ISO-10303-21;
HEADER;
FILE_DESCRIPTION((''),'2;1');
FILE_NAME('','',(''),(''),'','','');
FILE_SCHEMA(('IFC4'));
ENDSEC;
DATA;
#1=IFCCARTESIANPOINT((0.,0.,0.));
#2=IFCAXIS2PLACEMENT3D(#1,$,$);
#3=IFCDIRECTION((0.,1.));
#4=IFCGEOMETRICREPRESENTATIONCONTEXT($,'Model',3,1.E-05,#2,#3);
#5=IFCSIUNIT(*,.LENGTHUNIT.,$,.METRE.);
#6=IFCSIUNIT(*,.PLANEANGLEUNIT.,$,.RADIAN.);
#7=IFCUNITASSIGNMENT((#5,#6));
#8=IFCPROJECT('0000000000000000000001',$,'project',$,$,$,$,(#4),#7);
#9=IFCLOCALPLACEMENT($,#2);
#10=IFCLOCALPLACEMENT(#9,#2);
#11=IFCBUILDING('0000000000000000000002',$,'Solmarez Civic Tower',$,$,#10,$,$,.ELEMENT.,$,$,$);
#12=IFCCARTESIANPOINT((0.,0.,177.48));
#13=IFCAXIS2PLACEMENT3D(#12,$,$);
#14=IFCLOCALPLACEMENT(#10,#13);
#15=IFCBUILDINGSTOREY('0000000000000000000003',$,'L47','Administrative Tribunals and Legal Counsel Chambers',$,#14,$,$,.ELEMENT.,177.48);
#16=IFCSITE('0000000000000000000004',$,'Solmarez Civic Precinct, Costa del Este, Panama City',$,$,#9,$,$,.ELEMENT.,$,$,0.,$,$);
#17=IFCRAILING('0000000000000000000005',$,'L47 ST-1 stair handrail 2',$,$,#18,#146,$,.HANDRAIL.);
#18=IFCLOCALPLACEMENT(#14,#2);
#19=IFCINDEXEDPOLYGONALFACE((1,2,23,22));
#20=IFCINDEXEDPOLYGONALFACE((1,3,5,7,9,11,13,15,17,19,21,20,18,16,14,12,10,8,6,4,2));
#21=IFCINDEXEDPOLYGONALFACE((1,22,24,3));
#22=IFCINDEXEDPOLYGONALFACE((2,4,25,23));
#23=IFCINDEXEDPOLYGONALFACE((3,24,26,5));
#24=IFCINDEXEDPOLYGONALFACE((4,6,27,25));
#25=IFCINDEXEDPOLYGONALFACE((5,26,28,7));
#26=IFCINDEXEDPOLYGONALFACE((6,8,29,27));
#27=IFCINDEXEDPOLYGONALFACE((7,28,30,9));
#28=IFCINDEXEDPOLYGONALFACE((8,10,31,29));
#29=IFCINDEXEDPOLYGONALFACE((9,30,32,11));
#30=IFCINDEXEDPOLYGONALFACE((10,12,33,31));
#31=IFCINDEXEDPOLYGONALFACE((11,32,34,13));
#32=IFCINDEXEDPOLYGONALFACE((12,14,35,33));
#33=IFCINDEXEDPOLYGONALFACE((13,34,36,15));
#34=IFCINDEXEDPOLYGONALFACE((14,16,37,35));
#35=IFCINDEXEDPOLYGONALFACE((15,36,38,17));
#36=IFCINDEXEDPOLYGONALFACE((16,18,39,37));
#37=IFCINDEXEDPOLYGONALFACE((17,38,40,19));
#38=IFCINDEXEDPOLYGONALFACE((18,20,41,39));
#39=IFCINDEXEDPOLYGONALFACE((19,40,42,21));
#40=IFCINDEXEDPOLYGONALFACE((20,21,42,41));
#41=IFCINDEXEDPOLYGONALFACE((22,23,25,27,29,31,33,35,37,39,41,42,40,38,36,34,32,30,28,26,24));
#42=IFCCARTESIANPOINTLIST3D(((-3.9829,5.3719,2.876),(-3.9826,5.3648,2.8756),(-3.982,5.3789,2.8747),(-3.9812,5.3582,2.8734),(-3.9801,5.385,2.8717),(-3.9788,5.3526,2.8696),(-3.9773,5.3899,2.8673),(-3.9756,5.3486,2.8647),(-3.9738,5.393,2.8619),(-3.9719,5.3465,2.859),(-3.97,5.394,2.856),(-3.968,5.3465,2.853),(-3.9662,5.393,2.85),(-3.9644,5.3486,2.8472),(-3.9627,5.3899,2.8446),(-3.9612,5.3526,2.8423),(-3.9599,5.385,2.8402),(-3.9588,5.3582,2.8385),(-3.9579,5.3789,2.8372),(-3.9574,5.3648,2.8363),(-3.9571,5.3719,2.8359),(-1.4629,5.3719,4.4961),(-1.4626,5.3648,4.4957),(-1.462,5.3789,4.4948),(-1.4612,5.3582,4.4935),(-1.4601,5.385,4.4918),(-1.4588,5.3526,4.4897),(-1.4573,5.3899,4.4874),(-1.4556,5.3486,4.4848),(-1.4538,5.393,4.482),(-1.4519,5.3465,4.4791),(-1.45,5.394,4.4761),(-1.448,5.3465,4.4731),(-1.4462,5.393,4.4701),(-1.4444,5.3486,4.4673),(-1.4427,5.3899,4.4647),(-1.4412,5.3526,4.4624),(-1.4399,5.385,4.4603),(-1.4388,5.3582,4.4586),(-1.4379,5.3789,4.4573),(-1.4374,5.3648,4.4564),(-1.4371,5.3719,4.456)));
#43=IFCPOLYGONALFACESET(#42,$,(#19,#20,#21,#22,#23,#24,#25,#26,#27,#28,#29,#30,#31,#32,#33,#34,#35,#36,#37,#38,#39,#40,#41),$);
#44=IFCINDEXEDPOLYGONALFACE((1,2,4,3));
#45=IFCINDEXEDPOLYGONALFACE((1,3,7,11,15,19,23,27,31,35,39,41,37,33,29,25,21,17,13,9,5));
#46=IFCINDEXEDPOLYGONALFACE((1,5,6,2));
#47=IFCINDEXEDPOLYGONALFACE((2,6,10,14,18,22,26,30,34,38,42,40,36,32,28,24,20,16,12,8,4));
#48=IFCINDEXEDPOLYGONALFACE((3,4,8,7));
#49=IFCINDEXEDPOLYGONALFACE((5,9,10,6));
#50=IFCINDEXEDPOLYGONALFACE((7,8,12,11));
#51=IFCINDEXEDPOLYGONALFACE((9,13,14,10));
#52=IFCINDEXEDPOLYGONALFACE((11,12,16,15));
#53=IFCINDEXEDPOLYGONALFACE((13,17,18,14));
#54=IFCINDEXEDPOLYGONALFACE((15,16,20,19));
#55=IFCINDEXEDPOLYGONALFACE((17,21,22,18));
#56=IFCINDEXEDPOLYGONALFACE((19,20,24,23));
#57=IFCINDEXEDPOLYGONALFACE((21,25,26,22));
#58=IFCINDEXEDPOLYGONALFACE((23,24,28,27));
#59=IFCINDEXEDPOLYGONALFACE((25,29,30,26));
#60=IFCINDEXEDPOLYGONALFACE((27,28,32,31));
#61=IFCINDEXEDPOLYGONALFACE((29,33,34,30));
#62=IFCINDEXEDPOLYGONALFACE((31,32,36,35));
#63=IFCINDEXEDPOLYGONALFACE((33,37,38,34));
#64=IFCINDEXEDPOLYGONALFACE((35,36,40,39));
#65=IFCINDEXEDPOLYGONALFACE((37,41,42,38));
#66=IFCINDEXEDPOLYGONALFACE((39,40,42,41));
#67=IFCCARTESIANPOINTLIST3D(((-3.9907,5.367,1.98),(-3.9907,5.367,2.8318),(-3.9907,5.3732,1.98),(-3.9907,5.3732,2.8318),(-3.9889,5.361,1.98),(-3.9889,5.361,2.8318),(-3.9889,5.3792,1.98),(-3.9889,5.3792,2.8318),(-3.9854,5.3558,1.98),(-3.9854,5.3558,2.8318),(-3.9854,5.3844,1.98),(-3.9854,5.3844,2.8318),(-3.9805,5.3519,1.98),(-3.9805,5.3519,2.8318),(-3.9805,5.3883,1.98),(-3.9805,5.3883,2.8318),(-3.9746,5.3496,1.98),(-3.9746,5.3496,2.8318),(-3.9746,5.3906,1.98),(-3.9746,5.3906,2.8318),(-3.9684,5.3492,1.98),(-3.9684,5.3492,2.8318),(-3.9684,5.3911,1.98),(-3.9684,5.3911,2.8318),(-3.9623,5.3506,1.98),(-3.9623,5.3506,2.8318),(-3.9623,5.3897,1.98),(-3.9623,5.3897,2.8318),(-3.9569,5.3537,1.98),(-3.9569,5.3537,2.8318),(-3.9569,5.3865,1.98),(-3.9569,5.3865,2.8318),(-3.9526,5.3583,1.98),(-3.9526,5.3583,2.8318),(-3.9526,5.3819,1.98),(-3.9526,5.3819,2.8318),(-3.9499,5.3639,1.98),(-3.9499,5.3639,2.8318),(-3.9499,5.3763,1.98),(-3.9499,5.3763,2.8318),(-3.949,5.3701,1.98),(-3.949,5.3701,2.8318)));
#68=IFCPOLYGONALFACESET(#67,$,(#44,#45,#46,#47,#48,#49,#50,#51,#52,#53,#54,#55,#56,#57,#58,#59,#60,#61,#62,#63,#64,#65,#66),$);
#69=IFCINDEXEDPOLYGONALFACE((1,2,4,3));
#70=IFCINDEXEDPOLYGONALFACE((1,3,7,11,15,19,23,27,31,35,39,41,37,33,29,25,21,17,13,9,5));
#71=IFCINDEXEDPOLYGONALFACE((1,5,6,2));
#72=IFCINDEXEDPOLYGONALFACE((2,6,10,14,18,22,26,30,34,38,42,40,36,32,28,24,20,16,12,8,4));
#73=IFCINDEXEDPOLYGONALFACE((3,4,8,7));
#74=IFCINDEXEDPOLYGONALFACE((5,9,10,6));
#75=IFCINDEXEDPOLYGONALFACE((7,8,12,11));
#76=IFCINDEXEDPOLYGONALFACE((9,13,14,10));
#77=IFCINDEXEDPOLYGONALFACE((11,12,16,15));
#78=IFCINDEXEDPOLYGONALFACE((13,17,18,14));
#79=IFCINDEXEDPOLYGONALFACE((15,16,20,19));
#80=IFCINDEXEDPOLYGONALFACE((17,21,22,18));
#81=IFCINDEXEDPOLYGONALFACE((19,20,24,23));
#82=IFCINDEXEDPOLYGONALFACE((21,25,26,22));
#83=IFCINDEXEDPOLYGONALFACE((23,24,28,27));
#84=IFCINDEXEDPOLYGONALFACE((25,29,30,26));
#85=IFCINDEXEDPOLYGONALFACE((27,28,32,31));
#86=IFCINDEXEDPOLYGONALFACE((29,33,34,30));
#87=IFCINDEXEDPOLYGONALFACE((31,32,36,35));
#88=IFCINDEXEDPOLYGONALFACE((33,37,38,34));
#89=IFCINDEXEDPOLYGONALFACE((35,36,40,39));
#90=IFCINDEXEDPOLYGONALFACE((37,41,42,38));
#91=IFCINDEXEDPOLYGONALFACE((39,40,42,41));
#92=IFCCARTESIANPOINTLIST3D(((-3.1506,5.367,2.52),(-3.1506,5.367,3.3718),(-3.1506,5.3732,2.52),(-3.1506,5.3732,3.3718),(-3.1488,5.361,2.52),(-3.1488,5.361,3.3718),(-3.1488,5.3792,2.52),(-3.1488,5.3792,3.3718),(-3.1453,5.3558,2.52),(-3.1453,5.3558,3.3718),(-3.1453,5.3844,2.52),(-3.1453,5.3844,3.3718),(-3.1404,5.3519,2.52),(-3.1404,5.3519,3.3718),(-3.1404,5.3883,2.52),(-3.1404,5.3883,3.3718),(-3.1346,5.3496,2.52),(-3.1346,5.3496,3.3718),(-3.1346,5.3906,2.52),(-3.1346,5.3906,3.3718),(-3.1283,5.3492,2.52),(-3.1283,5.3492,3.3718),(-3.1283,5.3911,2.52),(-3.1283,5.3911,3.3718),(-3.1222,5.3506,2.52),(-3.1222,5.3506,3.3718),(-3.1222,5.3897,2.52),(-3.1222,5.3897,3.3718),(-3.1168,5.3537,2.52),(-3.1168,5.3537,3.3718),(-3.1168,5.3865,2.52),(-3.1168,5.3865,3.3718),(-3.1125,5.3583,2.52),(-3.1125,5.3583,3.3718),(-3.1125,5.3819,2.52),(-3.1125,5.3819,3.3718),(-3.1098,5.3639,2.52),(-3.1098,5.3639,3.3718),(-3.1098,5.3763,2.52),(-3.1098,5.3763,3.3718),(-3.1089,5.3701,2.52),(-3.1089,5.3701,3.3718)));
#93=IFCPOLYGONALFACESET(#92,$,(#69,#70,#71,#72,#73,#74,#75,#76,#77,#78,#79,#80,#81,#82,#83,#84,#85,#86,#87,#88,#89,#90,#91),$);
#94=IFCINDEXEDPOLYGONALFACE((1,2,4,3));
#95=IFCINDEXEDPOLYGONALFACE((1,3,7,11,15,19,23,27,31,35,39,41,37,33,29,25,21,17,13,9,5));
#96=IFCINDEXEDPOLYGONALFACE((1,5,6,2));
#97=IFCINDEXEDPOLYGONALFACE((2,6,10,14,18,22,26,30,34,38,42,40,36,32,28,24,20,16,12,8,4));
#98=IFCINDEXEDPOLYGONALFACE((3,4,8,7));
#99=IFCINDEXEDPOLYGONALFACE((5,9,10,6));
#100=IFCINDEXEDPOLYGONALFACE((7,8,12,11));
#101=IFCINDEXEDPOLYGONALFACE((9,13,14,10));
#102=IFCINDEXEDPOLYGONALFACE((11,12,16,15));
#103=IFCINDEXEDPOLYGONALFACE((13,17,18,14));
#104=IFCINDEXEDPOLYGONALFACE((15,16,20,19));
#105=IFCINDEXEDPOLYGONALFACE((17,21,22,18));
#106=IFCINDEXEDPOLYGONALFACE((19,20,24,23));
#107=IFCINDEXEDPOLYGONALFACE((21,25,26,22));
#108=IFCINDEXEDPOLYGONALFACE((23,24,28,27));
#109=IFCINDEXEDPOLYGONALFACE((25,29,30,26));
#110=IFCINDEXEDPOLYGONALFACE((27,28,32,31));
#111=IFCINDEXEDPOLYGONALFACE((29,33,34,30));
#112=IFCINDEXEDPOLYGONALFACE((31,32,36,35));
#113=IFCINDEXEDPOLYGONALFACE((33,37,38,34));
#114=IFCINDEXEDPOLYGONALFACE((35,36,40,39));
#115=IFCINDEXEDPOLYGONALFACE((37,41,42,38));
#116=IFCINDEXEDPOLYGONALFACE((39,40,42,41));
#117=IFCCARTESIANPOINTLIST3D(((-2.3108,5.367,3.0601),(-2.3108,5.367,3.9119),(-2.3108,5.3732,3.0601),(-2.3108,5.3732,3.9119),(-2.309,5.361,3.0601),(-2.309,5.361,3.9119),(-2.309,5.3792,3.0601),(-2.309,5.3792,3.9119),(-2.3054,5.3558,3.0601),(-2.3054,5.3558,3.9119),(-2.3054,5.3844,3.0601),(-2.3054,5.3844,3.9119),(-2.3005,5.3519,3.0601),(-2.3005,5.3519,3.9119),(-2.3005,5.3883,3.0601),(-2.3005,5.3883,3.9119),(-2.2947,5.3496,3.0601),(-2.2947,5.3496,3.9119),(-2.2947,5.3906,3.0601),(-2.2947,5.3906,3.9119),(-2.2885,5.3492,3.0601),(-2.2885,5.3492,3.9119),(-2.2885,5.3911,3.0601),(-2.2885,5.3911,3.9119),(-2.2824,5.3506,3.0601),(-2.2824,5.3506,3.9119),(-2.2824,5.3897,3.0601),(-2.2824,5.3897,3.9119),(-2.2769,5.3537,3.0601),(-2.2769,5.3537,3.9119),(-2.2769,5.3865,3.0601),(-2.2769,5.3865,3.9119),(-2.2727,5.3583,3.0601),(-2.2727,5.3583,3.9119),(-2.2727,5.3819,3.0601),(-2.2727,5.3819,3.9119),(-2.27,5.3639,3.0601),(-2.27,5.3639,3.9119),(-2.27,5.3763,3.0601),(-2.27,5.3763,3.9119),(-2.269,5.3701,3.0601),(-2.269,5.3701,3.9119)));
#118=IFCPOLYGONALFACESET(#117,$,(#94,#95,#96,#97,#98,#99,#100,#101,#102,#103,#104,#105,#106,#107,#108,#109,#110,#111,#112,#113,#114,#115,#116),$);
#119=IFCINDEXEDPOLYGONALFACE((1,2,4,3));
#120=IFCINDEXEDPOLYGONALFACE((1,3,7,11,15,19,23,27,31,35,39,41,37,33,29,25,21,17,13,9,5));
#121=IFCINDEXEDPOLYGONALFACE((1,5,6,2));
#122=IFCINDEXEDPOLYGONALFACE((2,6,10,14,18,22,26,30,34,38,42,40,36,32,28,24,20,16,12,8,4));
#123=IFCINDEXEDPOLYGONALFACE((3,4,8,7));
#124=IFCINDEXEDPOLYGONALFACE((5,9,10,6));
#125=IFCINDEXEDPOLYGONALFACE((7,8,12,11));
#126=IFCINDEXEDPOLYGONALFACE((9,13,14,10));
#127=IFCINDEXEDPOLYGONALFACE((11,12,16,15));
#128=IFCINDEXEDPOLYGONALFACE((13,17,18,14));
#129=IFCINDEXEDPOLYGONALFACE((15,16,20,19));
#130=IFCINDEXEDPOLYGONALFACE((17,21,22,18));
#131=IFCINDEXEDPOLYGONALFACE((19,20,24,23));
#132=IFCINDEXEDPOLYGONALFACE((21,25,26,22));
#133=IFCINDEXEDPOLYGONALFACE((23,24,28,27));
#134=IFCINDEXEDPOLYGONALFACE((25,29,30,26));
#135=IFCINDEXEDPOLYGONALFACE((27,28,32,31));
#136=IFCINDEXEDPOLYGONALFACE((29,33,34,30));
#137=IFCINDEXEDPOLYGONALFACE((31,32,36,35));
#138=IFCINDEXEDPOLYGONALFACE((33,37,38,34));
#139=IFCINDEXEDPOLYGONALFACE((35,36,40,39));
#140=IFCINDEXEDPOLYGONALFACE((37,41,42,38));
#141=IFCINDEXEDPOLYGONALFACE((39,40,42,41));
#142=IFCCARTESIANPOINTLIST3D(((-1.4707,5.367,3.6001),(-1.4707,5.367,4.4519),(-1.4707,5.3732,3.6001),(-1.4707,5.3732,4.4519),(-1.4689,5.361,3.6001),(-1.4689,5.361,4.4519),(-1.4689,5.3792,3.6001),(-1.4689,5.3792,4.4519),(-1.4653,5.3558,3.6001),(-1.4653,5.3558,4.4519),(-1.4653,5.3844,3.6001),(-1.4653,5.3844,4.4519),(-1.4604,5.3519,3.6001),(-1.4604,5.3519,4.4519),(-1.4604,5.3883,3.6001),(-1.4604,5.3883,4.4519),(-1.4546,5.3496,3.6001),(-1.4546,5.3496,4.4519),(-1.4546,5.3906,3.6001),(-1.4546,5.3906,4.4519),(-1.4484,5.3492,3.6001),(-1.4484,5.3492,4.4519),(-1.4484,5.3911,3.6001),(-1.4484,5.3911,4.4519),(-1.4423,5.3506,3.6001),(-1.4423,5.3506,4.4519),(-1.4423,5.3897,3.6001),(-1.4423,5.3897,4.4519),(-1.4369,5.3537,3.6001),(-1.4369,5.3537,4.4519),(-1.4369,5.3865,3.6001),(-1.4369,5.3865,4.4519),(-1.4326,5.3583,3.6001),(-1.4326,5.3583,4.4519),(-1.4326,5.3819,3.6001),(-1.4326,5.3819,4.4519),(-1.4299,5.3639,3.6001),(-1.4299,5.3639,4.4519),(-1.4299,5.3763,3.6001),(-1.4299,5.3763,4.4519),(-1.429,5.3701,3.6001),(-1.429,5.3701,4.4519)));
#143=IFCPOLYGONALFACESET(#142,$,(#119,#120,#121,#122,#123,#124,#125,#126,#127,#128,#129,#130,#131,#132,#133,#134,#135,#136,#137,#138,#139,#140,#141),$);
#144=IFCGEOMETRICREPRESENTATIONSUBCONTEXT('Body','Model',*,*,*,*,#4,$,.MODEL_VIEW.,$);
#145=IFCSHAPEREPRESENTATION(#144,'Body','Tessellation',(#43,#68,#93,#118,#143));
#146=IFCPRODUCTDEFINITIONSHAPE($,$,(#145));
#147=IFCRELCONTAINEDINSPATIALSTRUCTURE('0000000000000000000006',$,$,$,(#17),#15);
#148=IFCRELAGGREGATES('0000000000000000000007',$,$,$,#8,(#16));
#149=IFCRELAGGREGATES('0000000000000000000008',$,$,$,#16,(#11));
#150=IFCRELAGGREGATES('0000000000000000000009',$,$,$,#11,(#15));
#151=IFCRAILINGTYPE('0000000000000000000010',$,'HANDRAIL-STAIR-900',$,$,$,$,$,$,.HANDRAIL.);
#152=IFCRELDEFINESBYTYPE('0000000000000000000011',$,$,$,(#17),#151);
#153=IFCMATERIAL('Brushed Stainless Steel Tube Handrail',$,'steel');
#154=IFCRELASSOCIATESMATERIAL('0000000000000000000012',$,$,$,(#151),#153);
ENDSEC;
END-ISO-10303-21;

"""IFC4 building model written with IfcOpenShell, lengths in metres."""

from ifc_helpers import new_model, si_unit, direction, frame, origin, origin_2d, place, context, subcontext, project, spatial, circle, extrude, material, type_object, element, save


model = new_model("IFC4")

# Units and contexts
model_context = context("Model", 3, precision=1e-05, world=origin(), true_north=direction((0.0, 1.0)))
body_context = subcontext(model_context, "Body", "Model", "MODEL_VIEW")
ifc_project = project(units=[si_unit("LENGTHUNIT", "METRE"), si_unit("PLANEANGLEUNIT", "RADIAN")], contexts=[model_context])

# Site, building, storey
site_placement = place(None, origin())
site = spatial("IfcSite", under=ifc_project, at=site_placement, Name="Solmarez Civic Precinct, Costa del Este, Panama City", CompositionType="ELEMENT", RefElevation=0.0)
building_placement = place(site_placement, origin())
building = spatial("IfcBuilding", under=site, at=building_placement, Name="Solmarez Civic Tower", CompositionType="ELEMENT")
storey_placement = place(building_placement, frame((0.0, 0.0, 177.48)))
storey = spatial("IfcBuildingStorey", under=building, at=storey_placement, Name="L47", Description="Administrative Tribunals and Legal Counsel Chambers", CompositionType="ELEMENT", Elevation=177.48)

# Railing
ifc_material_1 = material(Name="Brushed Stainless Steel Tube Handrail", Category="steel")
railing_type_1 = type_object("IfcRailingType", Name="HANDRAIL-STAIR-900", PredefinedType="HANDRAIL", material=ifc_material_1)
railing_1_placement = place(storey_placement, frame((-3.97, 5.3701, 1.98)))
element("IfcRailing", 1, at=railing_1_placement, inside=storey, type_object=railing_type_1, Name="L47 ST-1 stair handrail 2", PredefinedType="HANDRAIL", context=body_context, shape_type="SweptSolid", body=[
    extrude(circle(Radius=0.0239, at=origin_2d()), frame((0.0, 0.0, 0.876), z_axis=(0.841163, 0.0, 0.540782), x_axis=(0.0, 1.0, 0.0)), (0.0, 0.0, 1.0), 2.9958),
    extrude(circle(Radius=0.021, at=origin_2d()), origin(), (0.0, 0.0, 1.0), 0.8518),
    extrude(circle(Radius=0.021, at=origin_2d()), frame((0.8401, 0.0, 0.54)), (0.0, 0.0, 1.0), 0.8518),
    extrude(circle(Radius=0.021, at=origin_2d()), frame((1.6799, 0.0, 1.0801)), (0.0, 0.0, 1.0), 0.8518),
    extrude(circle(Radius=0.021, at=origin_2d()), frame((2.52, 0.0, 1.6201)), (0.0, 0.0, 1.0), 0.8518),
])

save(model, "model.ifc")
